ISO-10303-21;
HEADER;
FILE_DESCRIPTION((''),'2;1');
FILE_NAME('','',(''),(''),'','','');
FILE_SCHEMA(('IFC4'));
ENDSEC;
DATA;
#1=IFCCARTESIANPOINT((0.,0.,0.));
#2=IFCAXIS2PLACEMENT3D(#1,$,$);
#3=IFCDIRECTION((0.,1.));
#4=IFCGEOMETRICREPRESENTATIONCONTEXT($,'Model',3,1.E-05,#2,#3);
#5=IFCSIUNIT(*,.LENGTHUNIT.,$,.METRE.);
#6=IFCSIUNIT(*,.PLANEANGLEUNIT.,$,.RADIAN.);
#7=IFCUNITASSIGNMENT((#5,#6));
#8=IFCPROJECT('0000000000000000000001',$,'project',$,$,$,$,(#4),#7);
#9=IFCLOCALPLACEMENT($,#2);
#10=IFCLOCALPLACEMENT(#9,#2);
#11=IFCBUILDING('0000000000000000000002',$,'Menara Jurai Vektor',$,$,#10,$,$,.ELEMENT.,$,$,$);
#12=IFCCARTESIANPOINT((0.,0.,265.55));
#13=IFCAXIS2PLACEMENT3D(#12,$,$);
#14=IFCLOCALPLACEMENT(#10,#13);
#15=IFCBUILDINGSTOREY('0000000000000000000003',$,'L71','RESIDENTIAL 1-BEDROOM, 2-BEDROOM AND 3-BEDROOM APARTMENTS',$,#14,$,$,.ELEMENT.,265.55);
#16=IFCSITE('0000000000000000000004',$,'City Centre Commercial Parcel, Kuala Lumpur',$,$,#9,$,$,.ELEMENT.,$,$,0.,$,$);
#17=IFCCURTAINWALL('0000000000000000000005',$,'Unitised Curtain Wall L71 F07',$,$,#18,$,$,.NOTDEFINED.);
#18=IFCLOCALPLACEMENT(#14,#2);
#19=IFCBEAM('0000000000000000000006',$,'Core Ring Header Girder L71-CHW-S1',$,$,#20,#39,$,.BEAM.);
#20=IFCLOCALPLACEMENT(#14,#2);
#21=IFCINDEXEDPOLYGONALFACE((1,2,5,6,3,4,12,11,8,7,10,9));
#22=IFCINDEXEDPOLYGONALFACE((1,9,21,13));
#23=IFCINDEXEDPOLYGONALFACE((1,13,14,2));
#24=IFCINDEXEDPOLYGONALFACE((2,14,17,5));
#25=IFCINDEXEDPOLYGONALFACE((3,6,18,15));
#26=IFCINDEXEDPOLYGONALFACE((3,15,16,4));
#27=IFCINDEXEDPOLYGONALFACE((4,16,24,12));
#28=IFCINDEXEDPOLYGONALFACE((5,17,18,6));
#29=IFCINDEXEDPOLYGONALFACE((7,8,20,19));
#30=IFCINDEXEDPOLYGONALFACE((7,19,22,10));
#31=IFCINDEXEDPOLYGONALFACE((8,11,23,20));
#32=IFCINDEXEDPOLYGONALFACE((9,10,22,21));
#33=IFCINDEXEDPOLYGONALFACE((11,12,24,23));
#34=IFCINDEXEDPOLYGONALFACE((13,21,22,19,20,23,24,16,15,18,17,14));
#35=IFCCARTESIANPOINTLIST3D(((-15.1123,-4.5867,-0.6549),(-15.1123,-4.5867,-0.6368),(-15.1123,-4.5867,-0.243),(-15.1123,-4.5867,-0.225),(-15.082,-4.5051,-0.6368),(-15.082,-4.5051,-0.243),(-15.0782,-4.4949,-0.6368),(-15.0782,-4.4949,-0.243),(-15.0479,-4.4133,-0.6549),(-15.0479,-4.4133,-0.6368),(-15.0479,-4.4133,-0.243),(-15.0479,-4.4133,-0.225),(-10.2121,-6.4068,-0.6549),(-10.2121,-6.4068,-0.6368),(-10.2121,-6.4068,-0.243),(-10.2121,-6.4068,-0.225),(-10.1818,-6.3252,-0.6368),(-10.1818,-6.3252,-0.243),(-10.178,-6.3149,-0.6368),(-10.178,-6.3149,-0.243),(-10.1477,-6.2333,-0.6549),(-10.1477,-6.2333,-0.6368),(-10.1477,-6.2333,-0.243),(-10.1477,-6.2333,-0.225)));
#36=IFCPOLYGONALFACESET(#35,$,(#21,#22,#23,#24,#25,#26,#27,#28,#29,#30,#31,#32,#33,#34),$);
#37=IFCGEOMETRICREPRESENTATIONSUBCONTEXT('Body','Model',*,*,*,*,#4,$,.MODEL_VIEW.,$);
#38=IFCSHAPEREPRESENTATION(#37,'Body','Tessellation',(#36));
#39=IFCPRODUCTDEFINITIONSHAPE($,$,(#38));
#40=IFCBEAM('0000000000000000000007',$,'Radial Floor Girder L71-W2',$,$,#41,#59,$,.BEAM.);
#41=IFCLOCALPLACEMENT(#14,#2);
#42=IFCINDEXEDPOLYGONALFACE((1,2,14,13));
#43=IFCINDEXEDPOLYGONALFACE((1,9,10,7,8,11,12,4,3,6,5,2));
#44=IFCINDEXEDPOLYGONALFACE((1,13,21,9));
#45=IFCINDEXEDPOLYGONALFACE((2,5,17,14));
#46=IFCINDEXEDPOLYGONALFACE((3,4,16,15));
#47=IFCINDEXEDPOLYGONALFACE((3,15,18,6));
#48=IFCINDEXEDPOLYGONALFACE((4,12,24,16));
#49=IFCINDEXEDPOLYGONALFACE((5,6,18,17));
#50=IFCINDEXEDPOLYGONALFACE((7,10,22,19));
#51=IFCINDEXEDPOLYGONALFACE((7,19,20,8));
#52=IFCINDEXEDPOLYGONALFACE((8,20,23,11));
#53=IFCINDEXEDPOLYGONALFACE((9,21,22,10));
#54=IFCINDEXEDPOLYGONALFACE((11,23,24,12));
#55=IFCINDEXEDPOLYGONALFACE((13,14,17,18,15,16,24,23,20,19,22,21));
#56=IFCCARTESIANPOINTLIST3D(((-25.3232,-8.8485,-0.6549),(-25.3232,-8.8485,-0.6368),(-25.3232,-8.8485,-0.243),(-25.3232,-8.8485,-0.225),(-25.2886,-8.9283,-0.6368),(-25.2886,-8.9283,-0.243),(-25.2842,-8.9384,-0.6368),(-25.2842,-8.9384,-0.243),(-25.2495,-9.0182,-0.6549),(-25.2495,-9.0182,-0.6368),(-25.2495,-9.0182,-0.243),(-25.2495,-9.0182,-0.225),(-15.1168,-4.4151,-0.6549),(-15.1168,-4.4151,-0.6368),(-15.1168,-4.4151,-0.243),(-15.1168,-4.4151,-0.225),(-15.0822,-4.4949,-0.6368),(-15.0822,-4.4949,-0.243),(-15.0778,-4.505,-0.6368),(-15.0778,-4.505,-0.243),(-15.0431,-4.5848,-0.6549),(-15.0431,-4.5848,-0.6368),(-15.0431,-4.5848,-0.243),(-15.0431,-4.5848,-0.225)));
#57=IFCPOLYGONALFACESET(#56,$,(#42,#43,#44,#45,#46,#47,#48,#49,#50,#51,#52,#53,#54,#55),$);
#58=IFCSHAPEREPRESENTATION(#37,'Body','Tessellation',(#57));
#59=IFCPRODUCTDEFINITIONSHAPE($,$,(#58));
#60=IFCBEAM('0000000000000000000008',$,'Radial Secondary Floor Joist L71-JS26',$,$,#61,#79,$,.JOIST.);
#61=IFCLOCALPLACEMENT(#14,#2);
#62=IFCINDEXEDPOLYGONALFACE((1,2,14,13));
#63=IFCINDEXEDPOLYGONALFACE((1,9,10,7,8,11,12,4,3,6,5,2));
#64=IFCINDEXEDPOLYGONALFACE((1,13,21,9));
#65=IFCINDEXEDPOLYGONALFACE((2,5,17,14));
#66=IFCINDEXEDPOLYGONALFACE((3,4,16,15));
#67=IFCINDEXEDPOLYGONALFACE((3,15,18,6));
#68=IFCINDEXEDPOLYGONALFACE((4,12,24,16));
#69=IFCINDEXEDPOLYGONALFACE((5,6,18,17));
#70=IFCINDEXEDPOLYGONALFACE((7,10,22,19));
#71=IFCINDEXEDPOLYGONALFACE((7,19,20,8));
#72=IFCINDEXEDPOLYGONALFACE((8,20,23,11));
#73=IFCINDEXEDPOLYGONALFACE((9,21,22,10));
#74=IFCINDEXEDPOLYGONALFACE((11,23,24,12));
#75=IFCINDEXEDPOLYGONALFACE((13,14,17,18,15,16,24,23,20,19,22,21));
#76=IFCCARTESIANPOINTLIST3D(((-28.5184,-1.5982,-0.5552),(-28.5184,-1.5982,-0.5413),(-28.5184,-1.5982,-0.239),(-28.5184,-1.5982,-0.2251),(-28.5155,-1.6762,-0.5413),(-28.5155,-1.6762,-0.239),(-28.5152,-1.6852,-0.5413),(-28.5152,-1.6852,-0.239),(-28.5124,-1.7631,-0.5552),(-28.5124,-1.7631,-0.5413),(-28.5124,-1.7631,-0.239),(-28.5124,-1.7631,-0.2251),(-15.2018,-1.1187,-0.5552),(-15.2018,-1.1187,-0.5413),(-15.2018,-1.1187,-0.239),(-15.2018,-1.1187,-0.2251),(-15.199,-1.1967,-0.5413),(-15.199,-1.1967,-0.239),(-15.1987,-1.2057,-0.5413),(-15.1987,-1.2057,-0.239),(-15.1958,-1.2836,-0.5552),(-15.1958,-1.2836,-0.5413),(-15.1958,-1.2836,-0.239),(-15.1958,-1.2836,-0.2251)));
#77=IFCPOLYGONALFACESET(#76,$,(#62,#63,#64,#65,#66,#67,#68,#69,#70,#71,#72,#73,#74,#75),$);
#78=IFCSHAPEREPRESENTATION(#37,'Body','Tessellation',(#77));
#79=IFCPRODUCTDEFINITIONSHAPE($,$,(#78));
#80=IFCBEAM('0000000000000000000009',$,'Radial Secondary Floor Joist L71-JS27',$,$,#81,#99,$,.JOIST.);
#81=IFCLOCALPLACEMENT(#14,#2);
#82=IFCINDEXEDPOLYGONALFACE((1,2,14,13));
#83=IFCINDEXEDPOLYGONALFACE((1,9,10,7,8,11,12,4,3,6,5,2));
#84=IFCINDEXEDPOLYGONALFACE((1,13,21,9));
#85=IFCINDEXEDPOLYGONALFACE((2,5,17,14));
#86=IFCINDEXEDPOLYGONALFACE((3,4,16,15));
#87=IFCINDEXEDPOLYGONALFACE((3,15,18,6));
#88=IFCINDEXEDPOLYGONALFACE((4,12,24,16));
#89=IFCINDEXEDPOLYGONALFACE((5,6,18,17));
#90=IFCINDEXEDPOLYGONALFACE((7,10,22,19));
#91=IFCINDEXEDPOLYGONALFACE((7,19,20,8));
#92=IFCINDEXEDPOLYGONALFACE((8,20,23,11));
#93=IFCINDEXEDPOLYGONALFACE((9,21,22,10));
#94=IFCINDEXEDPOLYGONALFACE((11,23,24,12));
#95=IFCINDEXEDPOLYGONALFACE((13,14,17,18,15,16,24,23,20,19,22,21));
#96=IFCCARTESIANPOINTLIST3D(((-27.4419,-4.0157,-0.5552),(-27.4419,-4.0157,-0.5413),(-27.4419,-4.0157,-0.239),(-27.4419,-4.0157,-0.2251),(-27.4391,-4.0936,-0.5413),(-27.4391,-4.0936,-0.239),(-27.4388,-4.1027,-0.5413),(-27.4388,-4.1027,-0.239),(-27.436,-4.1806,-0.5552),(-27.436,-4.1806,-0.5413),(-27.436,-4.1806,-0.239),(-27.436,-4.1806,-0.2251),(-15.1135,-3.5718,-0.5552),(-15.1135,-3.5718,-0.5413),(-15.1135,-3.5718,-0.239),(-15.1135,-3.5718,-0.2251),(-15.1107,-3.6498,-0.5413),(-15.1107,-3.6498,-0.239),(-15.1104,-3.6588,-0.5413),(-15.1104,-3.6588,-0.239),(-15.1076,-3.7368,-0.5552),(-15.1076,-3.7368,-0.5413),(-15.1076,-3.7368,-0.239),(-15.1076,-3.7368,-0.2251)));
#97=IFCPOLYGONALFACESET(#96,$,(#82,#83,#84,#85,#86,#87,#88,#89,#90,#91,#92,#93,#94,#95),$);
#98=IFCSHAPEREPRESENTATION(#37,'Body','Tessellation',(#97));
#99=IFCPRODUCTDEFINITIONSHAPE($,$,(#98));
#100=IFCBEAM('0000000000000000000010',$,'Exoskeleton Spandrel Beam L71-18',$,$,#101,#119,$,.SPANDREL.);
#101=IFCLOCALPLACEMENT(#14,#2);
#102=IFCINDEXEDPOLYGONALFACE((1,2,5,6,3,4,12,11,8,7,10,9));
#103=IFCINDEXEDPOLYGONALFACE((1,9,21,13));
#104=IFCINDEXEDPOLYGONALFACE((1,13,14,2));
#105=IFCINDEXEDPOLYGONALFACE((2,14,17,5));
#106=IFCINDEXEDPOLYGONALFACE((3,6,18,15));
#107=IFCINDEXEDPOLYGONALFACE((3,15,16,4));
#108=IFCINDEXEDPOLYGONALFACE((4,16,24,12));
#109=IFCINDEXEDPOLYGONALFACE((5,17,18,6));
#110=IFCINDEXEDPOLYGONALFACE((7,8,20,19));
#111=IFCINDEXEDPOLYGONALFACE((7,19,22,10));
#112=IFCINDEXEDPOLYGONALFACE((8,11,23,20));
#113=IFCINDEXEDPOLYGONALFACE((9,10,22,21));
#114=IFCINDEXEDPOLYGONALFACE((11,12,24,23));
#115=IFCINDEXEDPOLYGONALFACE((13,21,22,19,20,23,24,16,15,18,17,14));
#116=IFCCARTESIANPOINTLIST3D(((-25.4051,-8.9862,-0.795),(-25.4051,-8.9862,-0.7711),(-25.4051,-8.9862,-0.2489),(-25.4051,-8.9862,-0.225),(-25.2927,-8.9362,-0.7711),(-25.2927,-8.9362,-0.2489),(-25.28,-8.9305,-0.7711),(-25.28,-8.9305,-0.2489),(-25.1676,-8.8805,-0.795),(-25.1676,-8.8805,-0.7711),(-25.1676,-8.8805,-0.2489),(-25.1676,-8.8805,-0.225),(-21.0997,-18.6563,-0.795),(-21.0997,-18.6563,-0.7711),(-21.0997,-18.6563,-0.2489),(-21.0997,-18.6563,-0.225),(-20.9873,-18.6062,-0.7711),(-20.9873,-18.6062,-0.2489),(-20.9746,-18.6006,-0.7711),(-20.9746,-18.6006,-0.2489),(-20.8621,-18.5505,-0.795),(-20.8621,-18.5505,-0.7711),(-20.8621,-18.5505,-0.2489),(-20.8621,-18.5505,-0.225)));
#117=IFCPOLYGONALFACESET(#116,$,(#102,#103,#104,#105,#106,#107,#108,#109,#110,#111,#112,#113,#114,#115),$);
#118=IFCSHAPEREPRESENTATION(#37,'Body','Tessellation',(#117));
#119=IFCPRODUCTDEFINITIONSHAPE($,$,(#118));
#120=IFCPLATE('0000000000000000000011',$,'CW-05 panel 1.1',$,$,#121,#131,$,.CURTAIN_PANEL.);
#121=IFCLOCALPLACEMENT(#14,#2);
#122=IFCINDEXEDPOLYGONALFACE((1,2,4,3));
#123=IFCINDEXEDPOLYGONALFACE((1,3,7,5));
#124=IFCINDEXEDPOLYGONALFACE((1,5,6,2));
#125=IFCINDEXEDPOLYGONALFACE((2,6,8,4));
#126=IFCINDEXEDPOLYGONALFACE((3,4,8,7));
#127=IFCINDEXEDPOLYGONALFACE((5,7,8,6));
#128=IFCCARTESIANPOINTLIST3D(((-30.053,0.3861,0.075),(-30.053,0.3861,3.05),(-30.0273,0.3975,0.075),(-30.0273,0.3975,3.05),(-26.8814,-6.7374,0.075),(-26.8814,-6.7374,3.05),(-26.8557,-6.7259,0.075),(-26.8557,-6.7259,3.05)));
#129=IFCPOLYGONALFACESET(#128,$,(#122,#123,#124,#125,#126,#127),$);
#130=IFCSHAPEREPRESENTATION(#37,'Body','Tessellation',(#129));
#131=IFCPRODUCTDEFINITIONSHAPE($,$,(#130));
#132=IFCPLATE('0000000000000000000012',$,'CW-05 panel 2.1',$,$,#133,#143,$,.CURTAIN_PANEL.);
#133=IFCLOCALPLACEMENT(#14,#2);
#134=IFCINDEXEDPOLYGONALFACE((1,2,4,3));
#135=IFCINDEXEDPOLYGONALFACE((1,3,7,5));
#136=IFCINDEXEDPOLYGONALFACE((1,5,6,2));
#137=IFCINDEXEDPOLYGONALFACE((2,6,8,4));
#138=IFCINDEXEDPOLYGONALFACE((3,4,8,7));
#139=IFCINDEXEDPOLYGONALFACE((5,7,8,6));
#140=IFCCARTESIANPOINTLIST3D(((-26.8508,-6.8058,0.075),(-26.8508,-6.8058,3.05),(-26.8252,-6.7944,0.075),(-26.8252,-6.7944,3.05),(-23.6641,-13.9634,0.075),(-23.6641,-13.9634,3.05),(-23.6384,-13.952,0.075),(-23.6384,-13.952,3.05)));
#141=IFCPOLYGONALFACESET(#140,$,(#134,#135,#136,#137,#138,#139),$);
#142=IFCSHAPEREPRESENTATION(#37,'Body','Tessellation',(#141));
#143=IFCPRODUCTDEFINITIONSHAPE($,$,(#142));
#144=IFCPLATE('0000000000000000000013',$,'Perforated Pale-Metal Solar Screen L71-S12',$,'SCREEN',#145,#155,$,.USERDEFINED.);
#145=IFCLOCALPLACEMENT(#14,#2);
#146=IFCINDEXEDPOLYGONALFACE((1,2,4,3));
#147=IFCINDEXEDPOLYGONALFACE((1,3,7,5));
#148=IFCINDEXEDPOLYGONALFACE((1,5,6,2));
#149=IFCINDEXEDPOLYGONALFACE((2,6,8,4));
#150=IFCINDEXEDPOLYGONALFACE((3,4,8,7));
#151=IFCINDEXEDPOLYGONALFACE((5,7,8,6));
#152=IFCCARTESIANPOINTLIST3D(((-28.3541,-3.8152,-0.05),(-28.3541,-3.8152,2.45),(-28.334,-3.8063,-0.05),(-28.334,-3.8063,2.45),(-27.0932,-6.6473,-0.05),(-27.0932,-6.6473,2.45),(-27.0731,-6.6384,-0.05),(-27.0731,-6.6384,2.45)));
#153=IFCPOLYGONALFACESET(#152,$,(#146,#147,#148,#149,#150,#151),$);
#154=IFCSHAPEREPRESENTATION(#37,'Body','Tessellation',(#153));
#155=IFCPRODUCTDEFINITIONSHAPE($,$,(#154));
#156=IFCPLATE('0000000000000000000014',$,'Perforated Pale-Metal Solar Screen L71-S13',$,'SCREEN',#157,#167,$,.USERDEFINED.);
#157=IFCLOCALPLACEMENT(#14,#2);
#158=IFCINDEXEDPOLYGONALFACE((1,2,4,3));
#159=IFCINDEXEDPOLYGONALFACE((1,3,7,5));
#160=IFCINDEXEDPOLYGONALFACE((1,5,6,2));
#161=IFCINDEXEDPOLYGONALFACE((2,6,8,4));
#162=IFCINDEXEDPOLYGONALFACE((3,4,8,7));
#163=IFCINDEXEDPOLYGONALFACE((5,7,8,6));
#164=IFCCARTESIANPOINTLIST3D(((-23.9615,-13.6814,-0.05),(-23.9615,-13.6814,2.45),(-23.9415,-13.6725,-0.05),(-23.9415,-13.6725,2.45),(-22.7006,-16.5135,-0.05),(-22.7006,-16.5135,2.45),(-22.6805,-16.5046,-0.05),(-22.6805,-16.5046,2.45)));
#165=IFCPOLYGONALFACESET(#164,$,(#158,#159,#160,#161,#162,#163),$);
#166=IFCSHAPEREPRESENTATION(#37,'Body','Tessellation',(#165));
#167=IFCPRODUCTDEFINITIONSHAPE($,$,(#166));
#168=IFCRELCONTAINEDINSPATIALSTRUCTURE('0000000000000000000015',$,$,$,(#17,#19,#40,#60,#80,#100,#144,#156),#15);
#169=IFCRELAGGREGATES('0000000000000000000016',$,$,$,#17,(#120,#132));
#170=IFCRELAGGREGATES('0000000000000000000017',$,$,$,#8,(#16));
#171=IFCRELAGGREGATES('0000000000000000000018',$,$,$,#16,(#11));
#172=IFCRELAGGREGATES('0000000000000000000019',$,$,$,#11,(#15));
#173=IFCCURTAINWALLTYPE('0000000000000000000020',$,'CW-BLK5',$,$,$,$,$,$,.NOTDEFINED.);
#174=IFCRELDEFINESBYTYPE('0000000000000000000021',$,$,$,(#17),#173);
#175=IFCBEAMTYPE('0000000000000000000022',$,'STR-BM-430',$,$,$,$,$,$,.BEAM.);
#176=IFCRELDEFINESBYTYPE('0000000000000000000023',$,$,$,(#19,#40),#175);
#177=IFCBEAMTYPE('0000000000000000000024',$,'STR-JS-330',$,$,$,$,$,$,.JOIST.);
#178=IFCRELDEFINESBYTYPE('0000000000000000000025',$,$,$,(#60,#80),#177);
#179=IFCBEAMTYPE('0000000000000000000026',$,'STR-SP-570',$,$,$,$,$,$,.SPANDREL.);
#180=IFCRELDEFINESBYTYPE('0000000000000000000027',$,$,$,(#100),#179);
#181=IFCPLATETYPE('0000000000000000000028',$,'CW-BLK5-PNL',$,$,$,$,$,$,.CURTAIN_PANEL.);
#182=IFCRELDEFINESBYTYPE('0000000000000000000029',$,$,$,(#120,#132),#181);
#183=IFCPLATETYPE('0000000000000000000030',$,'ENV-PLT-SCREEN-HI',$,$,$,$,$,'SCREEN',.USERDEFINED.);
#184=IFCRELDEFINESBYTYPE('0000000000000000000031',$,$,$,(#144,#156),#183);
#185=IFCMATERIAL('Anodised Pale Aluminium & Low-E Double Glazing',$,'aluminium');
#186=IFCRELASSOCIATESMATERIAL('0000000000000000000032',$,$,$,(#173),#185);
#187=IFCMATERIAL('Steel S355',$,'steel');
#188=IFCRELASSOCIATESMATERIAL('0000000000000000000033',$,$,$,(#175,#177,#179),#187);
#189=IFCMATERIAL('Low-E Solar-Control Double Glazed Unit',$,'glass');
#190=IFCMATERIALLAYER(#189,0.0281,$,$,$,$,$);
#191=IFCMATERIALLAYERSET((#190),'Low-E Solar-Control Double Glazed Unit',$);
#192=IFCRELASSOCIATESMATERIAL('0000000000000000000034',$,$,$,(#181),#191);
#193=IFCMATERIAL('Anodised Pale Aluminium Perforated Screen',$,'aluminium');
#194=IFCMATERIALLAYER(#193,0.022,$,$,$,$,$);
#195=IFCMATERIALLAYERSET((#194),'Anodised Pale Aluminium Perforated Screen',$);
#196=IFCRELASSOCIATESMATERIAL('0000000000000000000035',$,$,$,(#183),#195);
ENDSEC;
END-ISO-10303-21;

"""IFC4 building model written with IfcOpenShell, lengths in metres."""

from ifc_helpers import new_model, si_unit, direction, frame, origin, origin_2d, place, context, subcontext, project, spatial, rectangle, i_section, extrude, material, layer, layer_set, material_profile, profile_set, type_object, element, aggregate, save


model = new_model("IFC4")

# Units and contexts
model_context = context("Model", 3, precision=1e-05, world=origin(), true_north=direction((0.0, 1.0)))
body_context = subcontext(model_context, "Body", "Model", "MODEL_VIEW")
ifc_project = project(units=[si_unit("LENGTHUNIT", "METRE"), si_unit("PLANEANGLEUNIT", "RADIAN")], contexts=[model_context])

# Site, building, storey
site_placement = place(None, origin())
site = spatial("IfcSite", under=ifc_project, at=site_placement, Name="City Centre Commercial Parcel, Kuala Lumpur", CompositionType="ELEMENT", RefElevation=0.0)
building_placement = place(site_placement, origin())
building = spatial("IfcBuilding", under=site, at=building_placement, Name="Menara Jurai Vektor", CompositionType="ELEMENT")
storey_placement = place(building_placement, frame((0.0, 0.0, 265.55)))
storey = spatial("IfcBuildingStorey", under=building, at=storey_placement, Name="L71", Description="RESIDENTIAL 1-BEDROOM, 2-BEDROOM AND 3-BEDROOM APARTMENTS", CompositionType="ELEMENT", Elevation=265.55)

# Curtain wall
ifc_material_1 = material(Name="Anodised Pale Aluminium & Low-E Double Glazing", Category="aluminium")
curtain_wall_type = type_object("IfcCurtainWallType", Name="CW-BLK5", PredefinedType="NOTDEFINED", material=ifc_material_1)
curtain_wall_placement = place(storey_placement, origin())
curtain_wall = element("IfcCurtainWall", 1, at=curtain_wall_placement, inside=storey, type_object=curtain_wall_type, Name="Unitised Curtain Wall L71 F07", PredefinedType="NOTDEFINED")

# Beams
ifc_material_2 = material(Name="Steel S355", Category="steel")
ifc_material_profile_1 = material_profile(ifc_material_2, i_section(OverallWidth=0.1851, OverallDepth=0.4299, WebThickness=0.011, FlangeThickness=0.0181, at=origin_2d()), Name="PG 430x185x76")
ifc_profile_set_1 = profile_set([ifc_material_profile_1], Name="Steel S355")
beam_type_1 = type_object("IfcBeamType", Name="STR-BM-430", PredefinedType="BEAM", material=ifc_profile_set_1)
beam_1_placement = place(storey_placement, frame((-15.0801, -4.5, -0.4399), z_axis=(0.937424, -0.348189, 0.0), x_axis=(0.348189, 0.937424, 0.0)))
element("IfcBeam", 2, at=beam_1_placement, inside=storey, type_object=beam_type_1, Name="Core Ring Header Girder L71-CHW-S1", PredefinedType="BEAM", context=body_context, shape_type="SweptSolid", body=[
    extrude(i_section(OverallWidth=0.1851, OverallDepth=0.4299, WebThickness=0.011, FlangeThickness=0.0181, at=origin_2d()), origin(), (0.0, 0.0, 1.0), 5.2273),
])
beam_2_placement = place(storey_placement, frame((-25.2864, -8.9333, -0.4399), z_axis=(0.917207, 0.398411, 0.0), x_axis=(-0.398411, 0.917207, 0.0)))
element("IfcBeam", 3, at=beam_2_placement, inside=storey, type_object=beam_type_1, Name="Radial Floor Girder L71-W2", PredefinedType="BEAM", context=body_context, shape_type="SweptSolid", body=[
    extrude(i_section(OverallWidth=0.1851, OverallDepth=0.4299, WebThickness=0.011, FlangeThickness=0.0181, at=origin_2d()), origin(), (0.0, 0.0, 1.0), 11.1277),
])
ifc_material_profile_2 = material_profile(ifc_material_2, i_section(OverallWidth=0.165, OverallDepth=0.3301, WebThickness=0.009, FlangeThickness=0.0139, at=origin_2d()), Name="PG 330x165x46")
ifc_profile_set_2 = profile_set([ifc_material_profile_2], Name="Steel S355")
beam_type_2 = type_object("IfcBeamType", Name="STR-JS-330", PredefinedType="JOIST", material=ifc_profile_set_2)
beam_3_placement = place(storey_placement, frame((-28.5154, -1.6807, -0.3901), z_axis=(0.999352, 0.035984, 0.0), x_axis=(-0.035984, 0.999352, 0.0)))
element("IfcBeam", 4, at=beam_3_placement, inside=storey, type_object=beam_type_2, Name="Radial Secondary Floor Joist L71-JS26", PredefinedType="JOIST", context=body_context, shape_type="SweptSolid", body=[
    extrude(i_section(OverallWidth=0.165, OverallDepth=0.3301, WebThickness=0.009, FlangeThickness=0.0139, at=origin_2d()), origin(), (0.0, 0.0, 1.0), 13.3252),
])
beam_4_placement = place(storey_placement, frame((-27.439, -4.0981, -0.3901), z_axis=(0.999353, 0.035979, 0.0), x_axis=(-0.035979, 0.999353, 0.0)))
element("IfcBeam", 5, at=beam_4_placement, inside=storey, type_object=beam_type_2, Name="Radial Secondary Floor Joist L71-JS27", PredefinedType="JOIST", context=body_context, shape_type="SweptSolid", body=[
    extrude(i_section(OverallWidth=0.165, OverallDepth=0.3301, WebThickness=0.009, FlangeThickness=0.0139, at=origin_2d()), origin(), (0.0, 0.0, 1.0), 12.3364),
])
ifc_material_profile_3 = material_profile(ifc_material_2, i_section(OverallWidth=0.26, OverallDepth=0.5701, WebThickness=0.0139, FlangeThickness=0.0239, at=origin_2d()), Name="PG 570x260x145")
ifc_profile_set_3 = profile_set([ifc_material_profile_3], Name="Steel S355")
beam_type_3 = type_object("IfcBeamType", Name="STR-SP-570", PredefinedType="SPANDREL", material=ifc_profile_set_3)
beam_5_placement = place(storey_placement, frame((-25.2864, -8.9333, -0.51), z_axis=(0.406744, -0.913542, 0.0), x_axis=(0.913542, 0.406744, 0.0)))
element("IfcBeam", 6, at=beam_5_placement, inside=storey, type_object=beam_type_3, Name="Exoskeleton Spandrel Beam L71-18", PredefinedType="SPANDREL", context=body_context, shape_type="SweptSolid", body=[
    extrude(i_section(OverallWidth=0.26, OverallDepth=0.5701, WebThickness=0.0139, FlangeThickness=0.0239, at=origin_2d()), origin(), (0.0, 0.0, 1.0), 10.5852),
])

# Plates
ifc_material_3 = material(Name="Low-E Solar-Control Double Glazed Unit", Category="glass")
ifc_layer_1 = layer(ifc_material_3, 0.0281)
ifc_layer_set_1 = layer_set([ifc_layer_1], Name="Low-E Solar-Control Double Glazed Unit")
plate_type_1 = type_object("IfcPlateType", Name="CW-BLK5-PNL", PredefinedType="CURTAIN_PANEL", material=ifc_layer_set_1)
plate_1_placement = place(storey_placement, frame((-28.4543, -3.1699, 0.075), z_axis=(0.0, 0.0, 1.0), x_axis=(0.406735, -0.913546, 0.0)))
plate_1 = element("IfcPlate", 7, at=plate_1_placement, type_object=plate_type_1, Name="CW-05 panel 1.1", PredefinedType="CURTAIN_PANEL", context=body_context, shape_type="SweptSolid", body=[
    extrude(rectangle(XDim=7.7976, YDim=0.0281, at=origin_2d()), origin(), (0.0, 0.0, 1.0), 2.9751),
])
plate_2_placement = place(storey_placement, frame((-25.2446, -10.3789, 0.075), z_axis=(0.0, 0.0, 1.0), x_axis=(0.406735, -0.913546, 0.0)))
plate_2 = element("IfcPlate", 8, at=plate_2_placement, type_object=plate_type_1, Name="CW-05 panel 2.1", PredefinedType="CURTAIN_PANEL", context=body_context, shape_type="SweptSolid", body=[
    extrude(rectangle(XDim=7.835, YDim=0.0281, at=origin_2d()), origin(), (0.0, 0.0, 1.0), 2.9751),
])
aggregate(curtain_wall, [plate_1, plate_2])

# Plates
ifc_material_4 = material(Name="Anodised Pale Aluminium Perforated Screen", Category="aluminium")
ifc_layer_2 = layer(ifc_material_4, 0.022)
ifc_layer_set_2 = layer_set([ifc_layer_2], Name="Anodised Pale Aluminium Perforated Screen")
plate_type_2 = type_object("IfcPlateType", Name="ENV-PLT-SCREEN-HI", ElementType="SCREEN", PredefinedType="USERDEFINED", material=ifc_layer_set_2)
for number, where, z_axis, x_axis, name in (
    (9, (-27.7136, -5.2268, -0.05), (0.0, 0.0, 1.0), (0.406737, -0.913545, 0.0), "Perforated Pale-Metal Solar Screen L71-S12"),
    (10, (-23.321, -15.093, -0.05), (0.0, 0.0, 1.0), (0.406737, -0.913545, 0.0), "Perforated Pale-Metal Solar Screen L71-S13"),
):
    element("IfcPlate", number, at=place(storey_placement, frame(where, z_axis=z_axis, x_axis=x_axis)), inside=storey, type_object=plate_type_2, Name=name, ObjectType="SCREEN", PredefinedType="USERDEFINED", context=body_context, shape_type="SweptSolid", body=[
        extrude(rectangle(XDim=3.1001, YDim=0.022, at=origin_2d()), origin(), (0.0, 0.0, 1.0), 2.5),
    ])

save(model, "model.ifc")
